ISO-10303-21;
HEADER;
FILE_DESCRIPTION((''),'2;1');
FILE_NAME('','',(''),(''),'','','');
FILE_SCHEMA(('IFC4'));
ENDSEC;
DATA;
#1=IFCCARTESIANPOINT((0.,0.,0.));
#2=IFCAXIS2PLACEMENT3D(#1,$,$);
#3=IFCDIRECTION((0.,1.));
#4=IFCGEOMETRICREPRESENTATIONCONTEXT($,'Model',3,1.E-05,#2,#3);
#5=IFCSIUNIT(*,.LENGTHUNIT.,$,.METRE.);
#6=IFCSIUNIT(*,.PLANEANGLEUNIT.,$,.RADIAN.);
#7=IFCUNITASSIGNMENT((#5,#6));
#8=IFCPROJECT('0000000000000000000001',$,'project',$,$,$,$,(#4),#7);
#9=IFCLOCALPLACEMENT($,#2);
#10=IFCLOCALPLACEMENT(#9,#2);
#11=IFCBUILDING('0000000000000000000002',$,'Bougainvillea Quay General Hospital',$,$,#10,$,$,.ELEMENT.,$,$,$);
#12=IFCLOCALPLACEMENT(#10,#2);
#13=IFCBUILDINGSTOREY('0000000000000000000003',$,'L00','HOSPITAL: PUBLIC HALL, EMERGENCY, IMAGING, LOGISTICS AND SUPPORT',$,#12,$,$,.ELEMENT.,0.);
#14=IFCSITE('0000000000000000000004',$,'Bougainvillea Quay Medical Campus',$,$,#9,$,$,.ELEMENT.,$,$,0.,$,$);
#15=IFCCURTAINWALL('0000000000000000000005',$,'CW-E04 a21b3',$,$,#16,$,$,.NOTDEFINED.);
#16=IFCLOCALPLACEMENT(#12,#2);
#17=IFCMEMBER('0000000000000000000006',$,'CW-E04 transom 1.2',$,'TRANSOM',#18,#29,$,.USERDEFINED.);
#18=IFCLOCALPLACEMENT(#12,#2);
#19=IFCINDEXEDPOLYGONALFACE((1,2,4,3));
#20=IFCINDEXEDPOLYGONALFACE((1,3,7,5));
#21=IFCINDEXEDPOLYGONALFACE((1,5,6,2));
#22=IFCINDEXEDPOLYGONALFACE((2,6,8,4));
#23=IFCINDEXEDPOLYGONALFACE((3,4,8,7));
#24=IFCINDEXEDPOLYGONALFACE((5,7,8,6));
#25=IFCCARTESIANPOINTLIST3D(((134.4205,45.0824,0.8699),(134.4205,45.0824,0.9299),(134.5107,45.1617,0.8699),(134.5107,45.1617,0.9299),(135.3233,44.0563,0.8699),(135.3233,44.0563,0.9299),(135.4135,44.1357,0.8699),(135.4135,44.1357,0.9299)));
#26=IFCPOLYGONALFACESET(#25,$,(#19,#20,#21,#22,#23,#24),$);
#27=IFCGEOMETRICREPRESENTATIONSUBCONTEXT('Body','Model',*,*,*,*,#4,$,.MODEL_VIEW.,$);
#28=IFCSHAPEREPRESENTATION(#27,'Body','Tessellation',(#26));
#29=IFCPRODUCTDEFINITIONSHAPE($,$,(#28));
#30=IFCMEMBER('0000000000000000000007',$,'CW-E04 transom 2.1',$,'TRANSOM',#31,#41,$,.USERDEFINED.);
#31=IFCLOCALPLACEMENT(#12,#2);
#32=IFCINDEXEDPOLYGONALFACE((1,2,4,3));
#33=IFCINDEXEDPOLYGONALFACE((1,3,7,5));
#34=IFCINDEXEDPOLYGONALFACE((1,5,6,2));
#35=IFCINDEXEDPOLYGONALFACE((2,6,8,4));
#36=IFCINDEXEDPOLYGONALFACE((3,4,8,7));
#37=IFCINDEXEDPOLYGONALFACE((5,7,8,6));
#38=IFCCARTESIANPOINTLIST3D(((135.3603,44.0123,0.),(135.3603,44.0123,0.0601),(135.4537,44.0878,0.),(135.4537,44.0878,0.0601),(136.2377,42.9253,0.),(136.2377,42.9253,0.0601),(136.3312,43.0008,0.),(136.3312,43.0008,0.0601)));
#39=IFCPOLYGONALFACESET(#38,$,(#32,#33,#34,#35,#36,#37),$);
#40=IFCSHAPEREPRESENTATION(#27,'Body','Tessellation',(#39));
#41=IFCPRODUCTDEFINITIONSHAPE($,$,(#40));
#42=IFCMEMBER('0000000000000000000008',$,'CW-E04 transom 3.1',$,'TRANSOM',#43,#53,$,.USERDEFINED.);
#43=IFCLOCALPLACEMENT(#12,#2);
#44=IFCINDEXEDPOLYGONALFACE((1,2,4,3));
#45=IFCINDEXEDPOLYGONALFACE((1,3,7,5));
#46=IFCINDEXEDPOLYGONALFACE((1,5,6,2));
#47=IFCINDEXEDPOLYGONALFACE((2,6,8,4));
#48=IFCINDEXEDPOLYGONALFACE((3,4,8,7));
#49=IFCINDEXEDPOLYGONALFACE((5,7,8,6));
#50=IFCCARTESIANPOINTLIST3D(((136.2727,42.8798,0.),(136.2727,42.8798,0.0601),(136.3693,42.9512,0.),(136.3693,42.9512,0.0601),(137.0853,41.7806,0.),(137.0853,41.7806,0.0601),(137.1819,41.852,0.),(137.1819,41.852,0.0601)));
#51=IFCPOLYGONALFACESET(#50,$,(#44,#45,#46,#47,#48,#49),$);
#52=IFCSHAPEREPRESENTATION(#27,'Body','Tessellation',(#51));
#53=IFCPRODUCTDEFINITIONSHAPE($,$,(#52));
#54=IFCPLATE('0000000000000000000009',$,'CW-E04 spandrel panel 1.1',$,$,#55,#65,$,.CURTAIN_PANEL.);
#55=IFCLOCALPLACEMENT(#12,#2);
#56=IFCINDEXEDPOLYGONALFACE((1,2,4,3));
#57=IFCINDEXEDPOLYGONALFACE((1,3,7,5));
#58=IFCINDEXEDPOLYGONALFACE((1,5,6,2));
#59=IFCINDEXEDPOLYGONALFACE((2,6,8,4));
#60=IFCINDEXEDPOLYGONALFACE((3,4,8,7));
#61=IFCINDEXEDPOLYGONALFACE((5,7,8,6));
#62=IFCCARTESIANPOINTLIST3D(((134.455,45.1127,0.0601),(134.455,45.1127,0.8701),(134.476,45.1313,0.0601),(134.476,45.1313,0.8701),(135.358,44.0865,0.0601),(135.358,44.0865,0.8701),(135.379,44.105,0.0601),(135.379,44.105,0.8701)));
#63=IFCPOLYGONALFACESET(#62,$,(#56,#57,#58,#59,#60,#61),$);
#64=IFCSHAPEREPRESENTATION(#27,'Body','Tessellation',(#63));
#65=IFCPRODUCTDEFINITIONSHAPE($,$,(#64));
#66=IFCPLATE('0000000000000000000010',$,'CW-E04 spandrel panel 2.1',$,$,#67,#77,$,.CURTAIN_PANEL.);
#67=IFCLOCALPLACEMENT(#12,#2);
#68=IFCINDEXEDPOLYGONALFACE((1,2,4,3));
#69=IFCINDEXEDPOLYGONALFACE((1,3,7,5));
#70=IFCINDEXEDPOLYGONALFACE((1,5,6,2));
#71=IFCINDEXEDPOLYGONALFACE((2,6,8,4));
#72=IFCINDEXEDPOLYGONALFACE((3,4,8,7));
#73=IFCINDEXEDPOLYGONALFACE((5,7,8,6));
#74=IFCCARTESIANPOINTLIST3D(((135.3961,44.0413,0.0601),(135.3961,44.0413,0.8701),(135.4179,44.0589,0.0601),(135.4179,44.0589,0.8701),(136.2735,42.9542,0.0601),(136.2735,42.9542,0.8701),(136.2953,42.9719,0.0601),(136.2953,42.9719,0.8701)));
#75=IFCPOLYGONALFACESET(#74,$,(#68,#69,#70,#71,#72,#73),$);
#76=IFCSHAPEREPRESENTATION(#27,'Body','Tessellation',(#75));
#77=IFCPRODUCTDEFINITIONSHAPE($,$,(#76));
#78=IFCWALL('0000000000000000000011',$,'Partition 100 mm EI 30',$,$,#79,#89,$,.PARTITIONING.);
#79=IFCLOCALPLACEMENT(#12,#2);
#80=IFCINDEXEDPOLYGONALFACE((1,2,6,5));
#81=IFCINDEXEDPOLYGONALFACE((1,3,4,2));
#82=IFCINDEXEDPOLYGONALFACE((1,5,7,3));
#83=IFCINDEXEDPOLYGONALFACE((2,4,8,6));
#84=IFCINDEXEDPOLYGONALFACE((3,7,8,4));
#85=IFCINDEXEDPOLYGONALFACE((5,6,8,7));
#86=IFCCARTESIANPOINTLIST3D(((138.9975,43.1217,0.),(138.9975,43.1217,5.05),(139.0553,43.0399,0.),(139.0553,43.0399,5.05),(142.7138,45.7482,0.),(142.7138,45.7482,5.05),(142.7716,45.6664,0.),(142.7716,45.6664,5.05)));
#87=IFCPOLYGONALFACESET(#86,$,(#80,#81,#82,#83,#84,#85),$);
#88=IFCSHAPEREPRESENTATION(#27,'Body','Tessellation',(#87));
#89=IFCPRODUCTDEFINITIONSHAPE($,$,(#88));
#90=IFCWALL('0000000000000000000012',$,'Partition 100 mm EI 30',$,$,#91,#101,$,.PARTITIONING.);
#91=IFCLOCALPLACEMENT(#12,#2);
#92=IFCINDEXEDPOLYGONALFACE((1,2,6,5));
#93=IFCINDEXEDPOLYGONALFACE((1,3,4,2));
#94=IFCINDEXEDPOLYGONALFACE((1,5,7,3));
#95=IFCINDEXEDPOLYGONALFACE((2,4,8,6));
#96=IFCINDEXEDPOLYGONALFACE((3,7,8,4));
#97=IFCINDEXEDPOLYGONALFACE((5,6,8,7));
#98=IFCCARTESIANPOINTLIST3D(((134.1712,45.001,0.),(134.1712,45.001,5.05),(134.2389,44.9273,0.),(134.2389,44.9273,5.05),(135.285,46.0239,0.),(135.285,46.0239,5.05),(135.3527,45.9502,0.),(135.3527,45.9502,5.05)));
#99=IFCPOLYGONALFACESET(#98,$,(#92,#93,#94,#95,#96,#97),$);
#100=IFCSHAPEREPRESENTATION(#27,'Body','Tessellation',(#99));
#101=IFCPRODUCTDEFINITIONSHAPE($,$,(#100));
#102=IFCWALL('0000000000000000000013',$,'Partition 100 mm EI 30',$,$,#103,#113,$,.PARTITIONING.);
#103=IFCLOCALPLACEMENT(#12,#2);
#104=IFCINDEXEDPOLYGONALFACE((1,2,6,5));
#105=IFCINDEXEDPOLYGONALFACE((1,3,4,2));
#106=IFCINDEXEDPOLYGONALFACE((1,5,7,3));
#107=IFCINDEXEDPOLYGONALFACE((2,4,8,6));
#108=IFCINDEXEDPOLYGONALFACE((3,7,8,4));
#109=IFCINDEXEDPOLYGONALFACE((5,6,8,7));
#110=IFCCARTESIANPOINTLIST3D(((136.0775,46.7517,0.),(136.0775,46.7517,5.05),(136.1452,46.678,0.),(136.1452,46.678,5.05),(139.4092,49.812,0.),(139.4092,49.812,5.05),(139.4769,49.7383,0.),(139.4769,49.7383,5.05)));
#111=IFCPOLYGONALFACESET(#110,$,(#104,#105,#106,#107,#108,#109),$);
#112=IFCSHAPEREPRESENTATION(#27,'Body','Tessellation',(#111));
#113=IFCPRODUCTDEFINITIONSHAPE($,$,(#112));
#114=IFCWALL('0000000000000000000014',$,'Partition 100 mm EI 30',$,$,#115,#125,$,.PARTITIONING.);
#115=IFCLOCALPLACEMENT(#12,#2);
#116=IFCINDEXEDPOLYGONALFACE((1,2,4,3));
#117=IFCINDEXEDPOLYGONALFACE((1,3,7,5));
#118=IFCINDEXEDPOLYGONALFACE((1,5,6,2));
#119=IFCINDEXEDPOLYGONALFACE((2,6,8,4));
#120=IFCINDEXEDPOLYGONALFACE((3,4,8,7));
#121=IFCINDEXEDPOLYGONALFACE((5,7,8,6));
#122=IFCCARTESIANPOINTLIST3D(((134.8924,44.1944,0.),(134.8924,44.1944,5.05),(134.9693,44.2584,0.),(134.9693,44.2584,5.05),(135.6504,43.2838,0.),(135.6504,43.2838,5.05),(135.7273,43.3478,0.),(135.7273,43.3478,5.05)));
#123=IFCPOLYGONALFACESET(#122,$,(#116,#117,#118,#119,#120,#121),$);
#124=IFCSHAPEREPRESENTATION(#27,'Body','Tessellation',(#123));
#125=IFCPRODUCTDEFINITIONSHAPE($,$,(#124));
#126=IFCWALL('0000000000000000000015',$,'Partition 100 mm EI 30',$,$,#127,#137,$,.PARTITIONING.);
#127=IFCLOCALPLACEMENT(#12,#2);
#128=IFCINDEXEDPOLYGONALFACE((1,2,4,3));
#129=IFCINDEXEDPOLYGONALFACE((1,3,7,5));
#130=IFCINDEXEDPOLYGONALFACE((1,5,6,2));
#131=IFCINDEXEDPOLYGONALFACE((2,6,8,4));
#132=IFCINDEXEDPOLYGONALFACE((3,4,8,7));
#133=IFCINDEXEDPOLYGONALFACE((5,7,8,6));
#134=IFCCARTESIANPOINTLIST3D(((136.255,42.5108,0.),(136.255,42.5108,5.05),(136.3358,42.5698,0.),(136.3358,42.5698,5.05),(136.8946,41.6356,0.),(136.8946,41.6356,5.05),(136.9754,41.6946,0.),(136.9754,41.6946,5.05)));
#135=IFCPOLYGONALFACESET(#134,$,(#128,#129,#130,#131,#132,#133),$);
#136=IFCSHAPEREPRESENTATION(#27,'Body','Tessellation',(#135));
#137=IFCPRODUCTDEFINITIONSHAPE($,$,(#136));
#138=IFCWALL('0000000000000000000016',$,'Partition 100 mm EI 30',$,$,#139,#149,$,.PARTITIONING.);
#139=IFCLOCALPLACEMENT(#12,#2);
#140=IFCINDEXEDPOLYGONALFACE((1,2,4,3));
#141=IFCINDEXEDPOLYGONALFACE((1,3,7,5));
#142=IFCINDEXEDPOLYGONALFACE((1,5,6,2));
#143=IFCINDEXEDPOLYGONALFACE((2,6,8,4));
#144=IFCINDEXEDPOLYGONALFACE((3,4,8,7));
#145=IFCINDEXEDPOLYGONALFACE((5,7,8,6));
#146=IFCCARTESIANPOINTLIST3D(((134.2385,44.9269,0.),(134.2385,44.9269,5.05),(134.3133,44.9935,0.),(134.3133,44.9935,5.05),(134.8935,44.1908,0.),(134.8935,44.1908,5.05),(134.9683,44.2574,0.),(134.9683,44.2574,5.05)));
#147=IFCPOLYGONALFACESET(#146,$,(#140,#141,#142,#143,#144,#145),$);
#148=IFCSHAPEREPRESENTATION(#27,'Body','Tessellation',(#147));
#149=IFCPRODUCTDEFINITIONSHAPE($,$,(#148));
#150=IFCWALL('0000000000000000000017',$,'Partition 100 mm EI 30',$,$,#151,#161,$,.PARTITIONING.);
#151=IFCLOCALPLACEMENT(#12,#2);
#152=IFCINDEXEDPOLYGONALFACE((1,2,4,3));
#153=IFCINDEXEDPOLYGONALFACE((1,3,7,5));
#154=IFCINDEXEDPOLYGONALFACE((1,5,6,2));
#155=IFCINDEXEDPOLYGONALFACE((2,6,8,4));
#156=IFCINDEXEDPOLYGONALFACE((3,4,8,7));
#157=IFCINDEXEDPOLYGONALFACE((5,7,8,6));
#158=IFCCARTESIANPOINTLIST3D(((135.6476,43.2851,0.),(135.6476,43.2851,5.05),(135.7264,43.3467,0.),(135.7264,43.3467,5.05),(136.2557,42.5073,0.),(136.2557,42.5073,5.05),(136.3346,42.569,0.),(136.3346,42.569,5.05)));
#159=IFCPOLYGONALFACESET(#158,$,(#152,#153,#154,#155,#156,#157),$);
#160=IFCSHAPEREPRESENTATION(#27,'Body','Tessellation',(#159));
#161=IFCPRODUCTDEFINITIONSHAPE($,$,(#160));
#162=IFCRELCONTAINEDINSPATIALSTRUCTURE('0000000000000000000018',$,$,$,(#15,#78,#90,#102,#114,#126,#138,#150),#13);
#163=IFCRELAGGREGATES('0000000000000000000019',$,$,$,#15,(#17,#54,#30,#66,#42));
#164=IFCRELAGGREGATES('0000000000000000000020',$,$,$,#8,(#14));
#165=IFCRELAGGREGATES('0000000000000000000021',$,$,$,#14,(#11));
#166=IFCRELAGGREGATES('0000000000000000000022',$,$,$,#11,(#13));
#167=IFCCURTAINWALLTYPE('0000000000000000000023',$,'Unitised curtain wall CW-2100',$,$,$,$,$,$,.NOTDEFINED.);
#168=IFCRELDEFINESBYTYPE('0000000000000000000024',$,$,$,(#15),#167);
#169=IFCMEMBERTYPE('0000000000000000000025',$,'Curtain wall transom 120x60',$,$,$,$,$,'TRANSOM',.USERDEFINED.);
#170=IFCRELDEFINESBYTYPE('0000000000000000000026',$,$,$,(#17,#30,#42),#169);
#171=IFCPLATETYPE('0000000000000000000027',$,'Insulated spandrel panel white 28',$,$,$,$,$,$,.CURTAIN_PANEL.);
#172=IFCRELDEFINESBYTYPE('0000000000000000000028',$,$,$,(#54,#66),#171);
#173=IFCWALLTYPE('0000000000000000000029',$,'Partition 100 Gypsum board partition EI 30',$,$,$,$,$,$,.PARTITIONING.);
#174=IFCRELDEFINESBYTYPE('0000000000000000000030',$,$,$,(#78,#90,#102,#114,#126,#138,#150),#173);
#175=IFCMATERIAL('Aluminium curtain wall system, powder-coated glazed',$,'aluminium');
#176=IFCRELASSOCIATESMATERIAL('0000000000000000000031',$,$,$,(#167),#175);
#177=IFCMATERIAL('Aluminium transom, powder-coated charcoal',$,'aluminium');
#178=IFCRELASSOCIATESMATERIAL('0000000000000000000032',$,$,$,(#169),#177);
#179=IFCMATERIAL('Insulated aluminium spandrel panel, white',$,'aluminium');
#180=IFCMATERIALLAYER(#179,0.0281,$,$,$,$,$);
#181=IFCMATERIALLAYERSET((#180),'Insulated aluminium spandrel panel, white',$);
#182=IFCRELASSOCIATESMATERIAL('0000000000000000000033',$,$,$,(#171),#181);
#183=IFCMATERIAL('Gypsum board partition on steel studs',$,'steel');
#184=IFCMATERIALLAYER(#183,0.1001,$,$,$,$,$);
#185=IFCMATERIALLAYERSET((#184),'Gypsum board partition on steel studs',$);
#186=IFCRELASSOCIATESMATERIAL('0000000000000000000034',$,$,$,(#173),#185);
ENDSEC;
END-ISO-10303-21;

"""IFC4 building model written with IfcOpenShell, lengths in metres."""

from ifc_helpers import new_model, si_unit, direction, frame, frame_2d, origin, origin_2d, place, context, subcontext, project, spatial, rectangle, extrude, material, layer, layer_set, material_profile, profile_set, type_object, element, aggregate, save


model = new_model("IFC4")

# Units and contexts
model_context = context("Model", 3, precision=1e-05, world=origin(), true_north=direction((0.0, 1.0)))
body_context = subcontext(model_context, "Body", "Model", "MODEL_VIEW")
ifc_project = project(units=[si_unit("LENGTHUNIT", "METRE"), si_unit("PLANEANGLEUNIT", "RADIAN")], contexts=[model_context])

# Site, building, storey
site_placement = place(None, origin())
site = spatial("IfcSite", under=ifc_project, at=site_placement, Name="Bougainvillea Quay Medical Campus", CompositionType="ELEMENT", RefElevation=0.0)
building_placement = place(site_placement, origin())
building = spatial("IfcBuilding", under=site, at=building_placement, Name="Bougainvillea Quay General Hospital", CompositionType="ELEMENT")
storey_placement = place(building_placement, origin())
storey = spatial("IfcBuildingStorey", under=building, at=storey_placement, Name="L00", Description="HOSPITAL: PUBLIC HALL, EMERGENCY, IMAGING, LOGISTICS AND SUPPORT", CompositionType="ELEMENT", Elevation=0.0)

# Shared definitions
ifc_material_1 = material(Name="Aluminium curtain wall system, powder-coated glazed", Category="aluminium")
curtain_wall_type = type_object("IfcCurtainWallType", Name="Unitised curtain wall CW-2100", PredefinedType="NOTDEFINED", material=ifc_material_1)

# Curtain wall, members, plates
curtain_wall_1_placement = place(storey_placement, origin())
curtain_wall_1 = element("IfcCurtainWall", 1, at=curtain_wall_1_placement, inside=storey, type_object=curtain_wall_type, Name="CW-E04 a21b3", PredefinedType="NOTDEFINED")
ifc_material_2 = material(Name="Aluminium transom, powder-coated charcoal", Category="aluminium")
ifc_material_profile_1 = material_profile(ifc_material_2, rectangle(XDim=0.1201, YDim=0.0601, at=origin_2d()))
ifc_profile_set_1 = profile_set([ifc_material_profile_1], Name="Aluminium transom, powder-coated charcoal")
member_type_1 = type_object("IfcMemberType", Name="Curtain wall transom 120x60", ElementType="TRANSOM", PredefinedType="USERDEFINED", material=ifc_profile_set_1)
member_1_placement = place(storey_placement, frame((134.4656, 45.1221, 0.8999), z_axis=(0.660563, -0.75077, 0.0), x_axis=(0.75077, 0.660563, 0.0)))
member_1 = element("IfcMember", 2, at=member_1_placement, type_object=member_type_1, Name="CW-E04 transom 1.2", ObjectType="TRANSOM", PredefinedType="USERDEFINED", context=body_context, shape_type="SweptSolid", body=[
    extrude(rectangle(XDim=0.1201, YDim=0.0601, at=origin_2d()), origin(), (0.0, 0.0, 1.0), 1.3667),
])
member_2_placement = place(storey_placement, frame((135.407, 44.05, 0.03), z_axis=(0.628142, -0.778099, 0.0), x_axis=(0.778099, 0.628142, 0.0)))
member_2 = element("IfcMember", 3, at=member_2_placement, type_object=member_type_1, Name="CW-E04 transom 2.1", ObjectType="TRANSOM", PredefinedType="USERDEFINED", context=body_context, shape_type="SweptSolid", body=[
    extrude(rectangle(XDim=0.1201, YDim=0.0601, at=origin_2d()), origin(), (0.0, 0.0, 1.0), 1.397),
])
member_3_placement = place(storey_placement, frame((136.321, 42.9155, 0.03), z_axis=(0.594441, -0.804139, 0.0), x_axis=(0.804139, 0.594441, 0.0)))
member_3 = element("IfcMember", 4, at=member_3_placement, type_object=member_type_1, Name="CW-E04 transom 3.1", ObjectType="TRANSOM", PredefinedType="USERDEFINED", context=body_context, shape_type="SweptSolid", body=[
    extrude(rectangle(XDim=0.1201, YDim=0.0601, at=origin_2d()), origin(), (0.0, 0.0, 1.0), 1.3669),
])
ifc_material_3 = material(Name="Insulated aluminium spandrel panel, white", Category="aluminium")
ifc_layer_1 = layer(ifc_material_3, 0.0281)
ifc_layer_set_1 = layer_set([ifc_layer_1], Name="Insulated aluminium spandrel panel, white")
plate_type = type_object("IfcPlateType", Name="Insulated spandrel panel white 28", PredefinedType="CURTAIN_PANEL", material=ifc_layer_set_1)
plate_1_placement = place(storey_placement, frame((134.917, 44.6089, 0.0601), z_axis=(0.0, 0.0, 1.0), x_axis=(0.660596, -0.750742, 0.0)))
plate_1 = element("IfcPlate", 5, at=plate_1_placement, type_object=plate_type, Name="CW-E04 spandrel panel 1.1", PredefinedType="CURTAIN_PANEL", context=body_context, shape_type="SweptSolid", body=[
    extrude(rectangle(XDim=1.3669, YDim=0.0281, at=origin_2d()), origin(), (0.0, 0.0, 1.0), 0.8101),
])
plate_2_placement = place(storey_placement, frame((135.8457, 43.5066, 0.0601), z_axis=(0.0, 0.0, 1.0), x_axis=(0.628072, -0.778155, 0.0)))
plate_2 = element("IfcPlate", 6, at=plate_2_placement, type_object=plate_type, Name="CW-E04 spandrel panel 2.1", PredefinedType="CURTAIN_PANEL", context=body_context, shape_type="SweptSolid", body=[
    extrude(rectangle(XDim=1.397, YDim=0.0281, at=origin_2d()), origin(), (0.0, 0.0, 1.0), 0.8101),
])
aggregate(curtain_wall_1, [member_1, plate_1, member_2, plate_2, member_3])

# Walls
ifc_material_4 = material(Name="Gypsum board partition on steel studs", Category="steel")
ifc_layer_2 = layer(ifc_material_4, 0.1001)
ifc_layer_set_2 = layer_set([ifc_layer_2], Name="Gypsum board partition on steel studs")
wall_type = type_object("IfcWallType", Name="Partition 100 Gypsum board partition EI 30", PredefinedType="PARTITIONING", material=ifc_layer_set_2)
wall_1_placement = place(storey_placement, frame((139.0264, 43.0808, 0.0), z_axis=(0.0, 0.0, 1.0), x_axis=(0.816638, 0.577151, 0.0)))
element("IfcWall", 7, at=wall_1_placement, inside=storey, type_object=wall_type, Name="Partition 100 mm EI 30", PredefinedType="PARTITIONING", context=body_context, shape_type="SweptSolid", body=[
    extrude(rectangle(XDim=4.5508, YDim=0.1001, at=frame_2d((2.2754, 0.0))), origin(), (0.0, 0.0, 1.0), 5.05),
])
wall_2_placement = place(storey_placement, frame((134.2051, 44.9641, 0.0), z_axis=(0.0, 0.0, 1.0), x_axis=(0.736497, 0.676441, 0.0)))
element("IfcWall", 8, at=wall_2_placement, inside=storey, type_object=wall_type, Name="Partition 100 mm EI 30", PredefinedType="PARTITIONING", context=body_context, shape_type="SweptSolid", body=[
    extrude(rectangle(XDim=1.5122, YDim=0.1001, at=frame_2d((0.7561, 0.0))), origin(), (0.0, 0.0, 1.0), 5.05),
])
wall_3_placement = place(storey_placement, frame((136.1113, 46.7148, 0.0), z_axis=(0.0, 0.0, 1.0), x_axis=(0.736475, 0.676465, 0.0)))
element("IfcWall", 9, at=wall_3_placement, inside=storey, type_object=wall_type, Name="Partition 100 mm EI 30", PredefinedType="PARTITIONING", context=body_context, shape_type="SweptSolid", body=[
    extrude(rectangle(XDim=4.5239, YDim=0.1001, at=frame_2d((2.262, 0.0))), origin(), (0.0, 0.0, 1.0), 5.05),
])
wall_4_placement = place(storey_placement, frame((134.9309, 44.2263, 0.0), z_axis=(0.0, 0.0, 1.0), x_axis=(0.639779, -0.768559, 0.0)))
element("IfcWall", 10, at=wall_4_placement, inside=storey, type_object=wall_type, Name="Partition 100 mm EI 30", PredefinedType="PARTITIONING", context=body_context, shape_type="SweptSolid", body=[
    extrude(rectangle(XDim=1.1848, YDim=0.1001, at=frame_2d((0.5923, 0.0))), origin(), (0.0, 0.0, 1.0), 5.05),
])
wall_5_placement = place(storey_placement, frame((136.2954, 42.5403, 0.0), z_axis=(0.0, 0.0, 1.0), x_axis=(0.590045, -0.80737, 0.0)))
element("IfcWall", 11, at=wall_5_placement, inside=storey, type_object=wall_type, Name="Partition 100 mm EI 30", PredefinedType="PARTITIONING", context=body_context, shape_type="SweptSolid", body=[
    extrude(rectangle(XDim=1.084, YDim=0.1001, at=frame_2d((0.542, 0.0))), origin(), (0.0, 0.0, 1.0), 5.05),
])
wall_6_placement = place(storey_placement, frame((134.2759, 44.9602, 0.0), z_axis=(0.0, 0.0, 1.0), x_axis=(0.664779, -0.74704, 0.0)))
element("IfcWall", 12, at=wall_6_placement, inside=storey, type_object=wall_type, Name="Partition 100 mm EI 30", PredefinedType="PARTITIONING", context=body_context, shape_type="SweptSolid", body=[
    extrude(rectangle(XDim=0.9854, YDim=0.1001, at=frame_2d((0.4927, 0.0))), origin(), (0.0, 0.0, 1.0), 5.05),
])
wall_7_placement = place(storey_placement, frame((135.687, 43.3159, 0.0), z_axis=(0.0, 0.0, 1.0), x_axis=(0.615941, -0.787792, 0.0)))
element("IfcWall", 13, at=wall_7_placement, inside=storey, type_object=wall_type, Name="Partition 100 mm EI 30", PredefinedType="PARTITIONING", context=body_context, shape_type="SweptSolid", body=[
    extrude(rectangle(XDim=0.9873, YDim=0.1001, at=frame_2d((0.4937, 0.0))), origin(), (0.0, 0.0, 1.0), 5.05),
])

save(model, "model.ifc")
